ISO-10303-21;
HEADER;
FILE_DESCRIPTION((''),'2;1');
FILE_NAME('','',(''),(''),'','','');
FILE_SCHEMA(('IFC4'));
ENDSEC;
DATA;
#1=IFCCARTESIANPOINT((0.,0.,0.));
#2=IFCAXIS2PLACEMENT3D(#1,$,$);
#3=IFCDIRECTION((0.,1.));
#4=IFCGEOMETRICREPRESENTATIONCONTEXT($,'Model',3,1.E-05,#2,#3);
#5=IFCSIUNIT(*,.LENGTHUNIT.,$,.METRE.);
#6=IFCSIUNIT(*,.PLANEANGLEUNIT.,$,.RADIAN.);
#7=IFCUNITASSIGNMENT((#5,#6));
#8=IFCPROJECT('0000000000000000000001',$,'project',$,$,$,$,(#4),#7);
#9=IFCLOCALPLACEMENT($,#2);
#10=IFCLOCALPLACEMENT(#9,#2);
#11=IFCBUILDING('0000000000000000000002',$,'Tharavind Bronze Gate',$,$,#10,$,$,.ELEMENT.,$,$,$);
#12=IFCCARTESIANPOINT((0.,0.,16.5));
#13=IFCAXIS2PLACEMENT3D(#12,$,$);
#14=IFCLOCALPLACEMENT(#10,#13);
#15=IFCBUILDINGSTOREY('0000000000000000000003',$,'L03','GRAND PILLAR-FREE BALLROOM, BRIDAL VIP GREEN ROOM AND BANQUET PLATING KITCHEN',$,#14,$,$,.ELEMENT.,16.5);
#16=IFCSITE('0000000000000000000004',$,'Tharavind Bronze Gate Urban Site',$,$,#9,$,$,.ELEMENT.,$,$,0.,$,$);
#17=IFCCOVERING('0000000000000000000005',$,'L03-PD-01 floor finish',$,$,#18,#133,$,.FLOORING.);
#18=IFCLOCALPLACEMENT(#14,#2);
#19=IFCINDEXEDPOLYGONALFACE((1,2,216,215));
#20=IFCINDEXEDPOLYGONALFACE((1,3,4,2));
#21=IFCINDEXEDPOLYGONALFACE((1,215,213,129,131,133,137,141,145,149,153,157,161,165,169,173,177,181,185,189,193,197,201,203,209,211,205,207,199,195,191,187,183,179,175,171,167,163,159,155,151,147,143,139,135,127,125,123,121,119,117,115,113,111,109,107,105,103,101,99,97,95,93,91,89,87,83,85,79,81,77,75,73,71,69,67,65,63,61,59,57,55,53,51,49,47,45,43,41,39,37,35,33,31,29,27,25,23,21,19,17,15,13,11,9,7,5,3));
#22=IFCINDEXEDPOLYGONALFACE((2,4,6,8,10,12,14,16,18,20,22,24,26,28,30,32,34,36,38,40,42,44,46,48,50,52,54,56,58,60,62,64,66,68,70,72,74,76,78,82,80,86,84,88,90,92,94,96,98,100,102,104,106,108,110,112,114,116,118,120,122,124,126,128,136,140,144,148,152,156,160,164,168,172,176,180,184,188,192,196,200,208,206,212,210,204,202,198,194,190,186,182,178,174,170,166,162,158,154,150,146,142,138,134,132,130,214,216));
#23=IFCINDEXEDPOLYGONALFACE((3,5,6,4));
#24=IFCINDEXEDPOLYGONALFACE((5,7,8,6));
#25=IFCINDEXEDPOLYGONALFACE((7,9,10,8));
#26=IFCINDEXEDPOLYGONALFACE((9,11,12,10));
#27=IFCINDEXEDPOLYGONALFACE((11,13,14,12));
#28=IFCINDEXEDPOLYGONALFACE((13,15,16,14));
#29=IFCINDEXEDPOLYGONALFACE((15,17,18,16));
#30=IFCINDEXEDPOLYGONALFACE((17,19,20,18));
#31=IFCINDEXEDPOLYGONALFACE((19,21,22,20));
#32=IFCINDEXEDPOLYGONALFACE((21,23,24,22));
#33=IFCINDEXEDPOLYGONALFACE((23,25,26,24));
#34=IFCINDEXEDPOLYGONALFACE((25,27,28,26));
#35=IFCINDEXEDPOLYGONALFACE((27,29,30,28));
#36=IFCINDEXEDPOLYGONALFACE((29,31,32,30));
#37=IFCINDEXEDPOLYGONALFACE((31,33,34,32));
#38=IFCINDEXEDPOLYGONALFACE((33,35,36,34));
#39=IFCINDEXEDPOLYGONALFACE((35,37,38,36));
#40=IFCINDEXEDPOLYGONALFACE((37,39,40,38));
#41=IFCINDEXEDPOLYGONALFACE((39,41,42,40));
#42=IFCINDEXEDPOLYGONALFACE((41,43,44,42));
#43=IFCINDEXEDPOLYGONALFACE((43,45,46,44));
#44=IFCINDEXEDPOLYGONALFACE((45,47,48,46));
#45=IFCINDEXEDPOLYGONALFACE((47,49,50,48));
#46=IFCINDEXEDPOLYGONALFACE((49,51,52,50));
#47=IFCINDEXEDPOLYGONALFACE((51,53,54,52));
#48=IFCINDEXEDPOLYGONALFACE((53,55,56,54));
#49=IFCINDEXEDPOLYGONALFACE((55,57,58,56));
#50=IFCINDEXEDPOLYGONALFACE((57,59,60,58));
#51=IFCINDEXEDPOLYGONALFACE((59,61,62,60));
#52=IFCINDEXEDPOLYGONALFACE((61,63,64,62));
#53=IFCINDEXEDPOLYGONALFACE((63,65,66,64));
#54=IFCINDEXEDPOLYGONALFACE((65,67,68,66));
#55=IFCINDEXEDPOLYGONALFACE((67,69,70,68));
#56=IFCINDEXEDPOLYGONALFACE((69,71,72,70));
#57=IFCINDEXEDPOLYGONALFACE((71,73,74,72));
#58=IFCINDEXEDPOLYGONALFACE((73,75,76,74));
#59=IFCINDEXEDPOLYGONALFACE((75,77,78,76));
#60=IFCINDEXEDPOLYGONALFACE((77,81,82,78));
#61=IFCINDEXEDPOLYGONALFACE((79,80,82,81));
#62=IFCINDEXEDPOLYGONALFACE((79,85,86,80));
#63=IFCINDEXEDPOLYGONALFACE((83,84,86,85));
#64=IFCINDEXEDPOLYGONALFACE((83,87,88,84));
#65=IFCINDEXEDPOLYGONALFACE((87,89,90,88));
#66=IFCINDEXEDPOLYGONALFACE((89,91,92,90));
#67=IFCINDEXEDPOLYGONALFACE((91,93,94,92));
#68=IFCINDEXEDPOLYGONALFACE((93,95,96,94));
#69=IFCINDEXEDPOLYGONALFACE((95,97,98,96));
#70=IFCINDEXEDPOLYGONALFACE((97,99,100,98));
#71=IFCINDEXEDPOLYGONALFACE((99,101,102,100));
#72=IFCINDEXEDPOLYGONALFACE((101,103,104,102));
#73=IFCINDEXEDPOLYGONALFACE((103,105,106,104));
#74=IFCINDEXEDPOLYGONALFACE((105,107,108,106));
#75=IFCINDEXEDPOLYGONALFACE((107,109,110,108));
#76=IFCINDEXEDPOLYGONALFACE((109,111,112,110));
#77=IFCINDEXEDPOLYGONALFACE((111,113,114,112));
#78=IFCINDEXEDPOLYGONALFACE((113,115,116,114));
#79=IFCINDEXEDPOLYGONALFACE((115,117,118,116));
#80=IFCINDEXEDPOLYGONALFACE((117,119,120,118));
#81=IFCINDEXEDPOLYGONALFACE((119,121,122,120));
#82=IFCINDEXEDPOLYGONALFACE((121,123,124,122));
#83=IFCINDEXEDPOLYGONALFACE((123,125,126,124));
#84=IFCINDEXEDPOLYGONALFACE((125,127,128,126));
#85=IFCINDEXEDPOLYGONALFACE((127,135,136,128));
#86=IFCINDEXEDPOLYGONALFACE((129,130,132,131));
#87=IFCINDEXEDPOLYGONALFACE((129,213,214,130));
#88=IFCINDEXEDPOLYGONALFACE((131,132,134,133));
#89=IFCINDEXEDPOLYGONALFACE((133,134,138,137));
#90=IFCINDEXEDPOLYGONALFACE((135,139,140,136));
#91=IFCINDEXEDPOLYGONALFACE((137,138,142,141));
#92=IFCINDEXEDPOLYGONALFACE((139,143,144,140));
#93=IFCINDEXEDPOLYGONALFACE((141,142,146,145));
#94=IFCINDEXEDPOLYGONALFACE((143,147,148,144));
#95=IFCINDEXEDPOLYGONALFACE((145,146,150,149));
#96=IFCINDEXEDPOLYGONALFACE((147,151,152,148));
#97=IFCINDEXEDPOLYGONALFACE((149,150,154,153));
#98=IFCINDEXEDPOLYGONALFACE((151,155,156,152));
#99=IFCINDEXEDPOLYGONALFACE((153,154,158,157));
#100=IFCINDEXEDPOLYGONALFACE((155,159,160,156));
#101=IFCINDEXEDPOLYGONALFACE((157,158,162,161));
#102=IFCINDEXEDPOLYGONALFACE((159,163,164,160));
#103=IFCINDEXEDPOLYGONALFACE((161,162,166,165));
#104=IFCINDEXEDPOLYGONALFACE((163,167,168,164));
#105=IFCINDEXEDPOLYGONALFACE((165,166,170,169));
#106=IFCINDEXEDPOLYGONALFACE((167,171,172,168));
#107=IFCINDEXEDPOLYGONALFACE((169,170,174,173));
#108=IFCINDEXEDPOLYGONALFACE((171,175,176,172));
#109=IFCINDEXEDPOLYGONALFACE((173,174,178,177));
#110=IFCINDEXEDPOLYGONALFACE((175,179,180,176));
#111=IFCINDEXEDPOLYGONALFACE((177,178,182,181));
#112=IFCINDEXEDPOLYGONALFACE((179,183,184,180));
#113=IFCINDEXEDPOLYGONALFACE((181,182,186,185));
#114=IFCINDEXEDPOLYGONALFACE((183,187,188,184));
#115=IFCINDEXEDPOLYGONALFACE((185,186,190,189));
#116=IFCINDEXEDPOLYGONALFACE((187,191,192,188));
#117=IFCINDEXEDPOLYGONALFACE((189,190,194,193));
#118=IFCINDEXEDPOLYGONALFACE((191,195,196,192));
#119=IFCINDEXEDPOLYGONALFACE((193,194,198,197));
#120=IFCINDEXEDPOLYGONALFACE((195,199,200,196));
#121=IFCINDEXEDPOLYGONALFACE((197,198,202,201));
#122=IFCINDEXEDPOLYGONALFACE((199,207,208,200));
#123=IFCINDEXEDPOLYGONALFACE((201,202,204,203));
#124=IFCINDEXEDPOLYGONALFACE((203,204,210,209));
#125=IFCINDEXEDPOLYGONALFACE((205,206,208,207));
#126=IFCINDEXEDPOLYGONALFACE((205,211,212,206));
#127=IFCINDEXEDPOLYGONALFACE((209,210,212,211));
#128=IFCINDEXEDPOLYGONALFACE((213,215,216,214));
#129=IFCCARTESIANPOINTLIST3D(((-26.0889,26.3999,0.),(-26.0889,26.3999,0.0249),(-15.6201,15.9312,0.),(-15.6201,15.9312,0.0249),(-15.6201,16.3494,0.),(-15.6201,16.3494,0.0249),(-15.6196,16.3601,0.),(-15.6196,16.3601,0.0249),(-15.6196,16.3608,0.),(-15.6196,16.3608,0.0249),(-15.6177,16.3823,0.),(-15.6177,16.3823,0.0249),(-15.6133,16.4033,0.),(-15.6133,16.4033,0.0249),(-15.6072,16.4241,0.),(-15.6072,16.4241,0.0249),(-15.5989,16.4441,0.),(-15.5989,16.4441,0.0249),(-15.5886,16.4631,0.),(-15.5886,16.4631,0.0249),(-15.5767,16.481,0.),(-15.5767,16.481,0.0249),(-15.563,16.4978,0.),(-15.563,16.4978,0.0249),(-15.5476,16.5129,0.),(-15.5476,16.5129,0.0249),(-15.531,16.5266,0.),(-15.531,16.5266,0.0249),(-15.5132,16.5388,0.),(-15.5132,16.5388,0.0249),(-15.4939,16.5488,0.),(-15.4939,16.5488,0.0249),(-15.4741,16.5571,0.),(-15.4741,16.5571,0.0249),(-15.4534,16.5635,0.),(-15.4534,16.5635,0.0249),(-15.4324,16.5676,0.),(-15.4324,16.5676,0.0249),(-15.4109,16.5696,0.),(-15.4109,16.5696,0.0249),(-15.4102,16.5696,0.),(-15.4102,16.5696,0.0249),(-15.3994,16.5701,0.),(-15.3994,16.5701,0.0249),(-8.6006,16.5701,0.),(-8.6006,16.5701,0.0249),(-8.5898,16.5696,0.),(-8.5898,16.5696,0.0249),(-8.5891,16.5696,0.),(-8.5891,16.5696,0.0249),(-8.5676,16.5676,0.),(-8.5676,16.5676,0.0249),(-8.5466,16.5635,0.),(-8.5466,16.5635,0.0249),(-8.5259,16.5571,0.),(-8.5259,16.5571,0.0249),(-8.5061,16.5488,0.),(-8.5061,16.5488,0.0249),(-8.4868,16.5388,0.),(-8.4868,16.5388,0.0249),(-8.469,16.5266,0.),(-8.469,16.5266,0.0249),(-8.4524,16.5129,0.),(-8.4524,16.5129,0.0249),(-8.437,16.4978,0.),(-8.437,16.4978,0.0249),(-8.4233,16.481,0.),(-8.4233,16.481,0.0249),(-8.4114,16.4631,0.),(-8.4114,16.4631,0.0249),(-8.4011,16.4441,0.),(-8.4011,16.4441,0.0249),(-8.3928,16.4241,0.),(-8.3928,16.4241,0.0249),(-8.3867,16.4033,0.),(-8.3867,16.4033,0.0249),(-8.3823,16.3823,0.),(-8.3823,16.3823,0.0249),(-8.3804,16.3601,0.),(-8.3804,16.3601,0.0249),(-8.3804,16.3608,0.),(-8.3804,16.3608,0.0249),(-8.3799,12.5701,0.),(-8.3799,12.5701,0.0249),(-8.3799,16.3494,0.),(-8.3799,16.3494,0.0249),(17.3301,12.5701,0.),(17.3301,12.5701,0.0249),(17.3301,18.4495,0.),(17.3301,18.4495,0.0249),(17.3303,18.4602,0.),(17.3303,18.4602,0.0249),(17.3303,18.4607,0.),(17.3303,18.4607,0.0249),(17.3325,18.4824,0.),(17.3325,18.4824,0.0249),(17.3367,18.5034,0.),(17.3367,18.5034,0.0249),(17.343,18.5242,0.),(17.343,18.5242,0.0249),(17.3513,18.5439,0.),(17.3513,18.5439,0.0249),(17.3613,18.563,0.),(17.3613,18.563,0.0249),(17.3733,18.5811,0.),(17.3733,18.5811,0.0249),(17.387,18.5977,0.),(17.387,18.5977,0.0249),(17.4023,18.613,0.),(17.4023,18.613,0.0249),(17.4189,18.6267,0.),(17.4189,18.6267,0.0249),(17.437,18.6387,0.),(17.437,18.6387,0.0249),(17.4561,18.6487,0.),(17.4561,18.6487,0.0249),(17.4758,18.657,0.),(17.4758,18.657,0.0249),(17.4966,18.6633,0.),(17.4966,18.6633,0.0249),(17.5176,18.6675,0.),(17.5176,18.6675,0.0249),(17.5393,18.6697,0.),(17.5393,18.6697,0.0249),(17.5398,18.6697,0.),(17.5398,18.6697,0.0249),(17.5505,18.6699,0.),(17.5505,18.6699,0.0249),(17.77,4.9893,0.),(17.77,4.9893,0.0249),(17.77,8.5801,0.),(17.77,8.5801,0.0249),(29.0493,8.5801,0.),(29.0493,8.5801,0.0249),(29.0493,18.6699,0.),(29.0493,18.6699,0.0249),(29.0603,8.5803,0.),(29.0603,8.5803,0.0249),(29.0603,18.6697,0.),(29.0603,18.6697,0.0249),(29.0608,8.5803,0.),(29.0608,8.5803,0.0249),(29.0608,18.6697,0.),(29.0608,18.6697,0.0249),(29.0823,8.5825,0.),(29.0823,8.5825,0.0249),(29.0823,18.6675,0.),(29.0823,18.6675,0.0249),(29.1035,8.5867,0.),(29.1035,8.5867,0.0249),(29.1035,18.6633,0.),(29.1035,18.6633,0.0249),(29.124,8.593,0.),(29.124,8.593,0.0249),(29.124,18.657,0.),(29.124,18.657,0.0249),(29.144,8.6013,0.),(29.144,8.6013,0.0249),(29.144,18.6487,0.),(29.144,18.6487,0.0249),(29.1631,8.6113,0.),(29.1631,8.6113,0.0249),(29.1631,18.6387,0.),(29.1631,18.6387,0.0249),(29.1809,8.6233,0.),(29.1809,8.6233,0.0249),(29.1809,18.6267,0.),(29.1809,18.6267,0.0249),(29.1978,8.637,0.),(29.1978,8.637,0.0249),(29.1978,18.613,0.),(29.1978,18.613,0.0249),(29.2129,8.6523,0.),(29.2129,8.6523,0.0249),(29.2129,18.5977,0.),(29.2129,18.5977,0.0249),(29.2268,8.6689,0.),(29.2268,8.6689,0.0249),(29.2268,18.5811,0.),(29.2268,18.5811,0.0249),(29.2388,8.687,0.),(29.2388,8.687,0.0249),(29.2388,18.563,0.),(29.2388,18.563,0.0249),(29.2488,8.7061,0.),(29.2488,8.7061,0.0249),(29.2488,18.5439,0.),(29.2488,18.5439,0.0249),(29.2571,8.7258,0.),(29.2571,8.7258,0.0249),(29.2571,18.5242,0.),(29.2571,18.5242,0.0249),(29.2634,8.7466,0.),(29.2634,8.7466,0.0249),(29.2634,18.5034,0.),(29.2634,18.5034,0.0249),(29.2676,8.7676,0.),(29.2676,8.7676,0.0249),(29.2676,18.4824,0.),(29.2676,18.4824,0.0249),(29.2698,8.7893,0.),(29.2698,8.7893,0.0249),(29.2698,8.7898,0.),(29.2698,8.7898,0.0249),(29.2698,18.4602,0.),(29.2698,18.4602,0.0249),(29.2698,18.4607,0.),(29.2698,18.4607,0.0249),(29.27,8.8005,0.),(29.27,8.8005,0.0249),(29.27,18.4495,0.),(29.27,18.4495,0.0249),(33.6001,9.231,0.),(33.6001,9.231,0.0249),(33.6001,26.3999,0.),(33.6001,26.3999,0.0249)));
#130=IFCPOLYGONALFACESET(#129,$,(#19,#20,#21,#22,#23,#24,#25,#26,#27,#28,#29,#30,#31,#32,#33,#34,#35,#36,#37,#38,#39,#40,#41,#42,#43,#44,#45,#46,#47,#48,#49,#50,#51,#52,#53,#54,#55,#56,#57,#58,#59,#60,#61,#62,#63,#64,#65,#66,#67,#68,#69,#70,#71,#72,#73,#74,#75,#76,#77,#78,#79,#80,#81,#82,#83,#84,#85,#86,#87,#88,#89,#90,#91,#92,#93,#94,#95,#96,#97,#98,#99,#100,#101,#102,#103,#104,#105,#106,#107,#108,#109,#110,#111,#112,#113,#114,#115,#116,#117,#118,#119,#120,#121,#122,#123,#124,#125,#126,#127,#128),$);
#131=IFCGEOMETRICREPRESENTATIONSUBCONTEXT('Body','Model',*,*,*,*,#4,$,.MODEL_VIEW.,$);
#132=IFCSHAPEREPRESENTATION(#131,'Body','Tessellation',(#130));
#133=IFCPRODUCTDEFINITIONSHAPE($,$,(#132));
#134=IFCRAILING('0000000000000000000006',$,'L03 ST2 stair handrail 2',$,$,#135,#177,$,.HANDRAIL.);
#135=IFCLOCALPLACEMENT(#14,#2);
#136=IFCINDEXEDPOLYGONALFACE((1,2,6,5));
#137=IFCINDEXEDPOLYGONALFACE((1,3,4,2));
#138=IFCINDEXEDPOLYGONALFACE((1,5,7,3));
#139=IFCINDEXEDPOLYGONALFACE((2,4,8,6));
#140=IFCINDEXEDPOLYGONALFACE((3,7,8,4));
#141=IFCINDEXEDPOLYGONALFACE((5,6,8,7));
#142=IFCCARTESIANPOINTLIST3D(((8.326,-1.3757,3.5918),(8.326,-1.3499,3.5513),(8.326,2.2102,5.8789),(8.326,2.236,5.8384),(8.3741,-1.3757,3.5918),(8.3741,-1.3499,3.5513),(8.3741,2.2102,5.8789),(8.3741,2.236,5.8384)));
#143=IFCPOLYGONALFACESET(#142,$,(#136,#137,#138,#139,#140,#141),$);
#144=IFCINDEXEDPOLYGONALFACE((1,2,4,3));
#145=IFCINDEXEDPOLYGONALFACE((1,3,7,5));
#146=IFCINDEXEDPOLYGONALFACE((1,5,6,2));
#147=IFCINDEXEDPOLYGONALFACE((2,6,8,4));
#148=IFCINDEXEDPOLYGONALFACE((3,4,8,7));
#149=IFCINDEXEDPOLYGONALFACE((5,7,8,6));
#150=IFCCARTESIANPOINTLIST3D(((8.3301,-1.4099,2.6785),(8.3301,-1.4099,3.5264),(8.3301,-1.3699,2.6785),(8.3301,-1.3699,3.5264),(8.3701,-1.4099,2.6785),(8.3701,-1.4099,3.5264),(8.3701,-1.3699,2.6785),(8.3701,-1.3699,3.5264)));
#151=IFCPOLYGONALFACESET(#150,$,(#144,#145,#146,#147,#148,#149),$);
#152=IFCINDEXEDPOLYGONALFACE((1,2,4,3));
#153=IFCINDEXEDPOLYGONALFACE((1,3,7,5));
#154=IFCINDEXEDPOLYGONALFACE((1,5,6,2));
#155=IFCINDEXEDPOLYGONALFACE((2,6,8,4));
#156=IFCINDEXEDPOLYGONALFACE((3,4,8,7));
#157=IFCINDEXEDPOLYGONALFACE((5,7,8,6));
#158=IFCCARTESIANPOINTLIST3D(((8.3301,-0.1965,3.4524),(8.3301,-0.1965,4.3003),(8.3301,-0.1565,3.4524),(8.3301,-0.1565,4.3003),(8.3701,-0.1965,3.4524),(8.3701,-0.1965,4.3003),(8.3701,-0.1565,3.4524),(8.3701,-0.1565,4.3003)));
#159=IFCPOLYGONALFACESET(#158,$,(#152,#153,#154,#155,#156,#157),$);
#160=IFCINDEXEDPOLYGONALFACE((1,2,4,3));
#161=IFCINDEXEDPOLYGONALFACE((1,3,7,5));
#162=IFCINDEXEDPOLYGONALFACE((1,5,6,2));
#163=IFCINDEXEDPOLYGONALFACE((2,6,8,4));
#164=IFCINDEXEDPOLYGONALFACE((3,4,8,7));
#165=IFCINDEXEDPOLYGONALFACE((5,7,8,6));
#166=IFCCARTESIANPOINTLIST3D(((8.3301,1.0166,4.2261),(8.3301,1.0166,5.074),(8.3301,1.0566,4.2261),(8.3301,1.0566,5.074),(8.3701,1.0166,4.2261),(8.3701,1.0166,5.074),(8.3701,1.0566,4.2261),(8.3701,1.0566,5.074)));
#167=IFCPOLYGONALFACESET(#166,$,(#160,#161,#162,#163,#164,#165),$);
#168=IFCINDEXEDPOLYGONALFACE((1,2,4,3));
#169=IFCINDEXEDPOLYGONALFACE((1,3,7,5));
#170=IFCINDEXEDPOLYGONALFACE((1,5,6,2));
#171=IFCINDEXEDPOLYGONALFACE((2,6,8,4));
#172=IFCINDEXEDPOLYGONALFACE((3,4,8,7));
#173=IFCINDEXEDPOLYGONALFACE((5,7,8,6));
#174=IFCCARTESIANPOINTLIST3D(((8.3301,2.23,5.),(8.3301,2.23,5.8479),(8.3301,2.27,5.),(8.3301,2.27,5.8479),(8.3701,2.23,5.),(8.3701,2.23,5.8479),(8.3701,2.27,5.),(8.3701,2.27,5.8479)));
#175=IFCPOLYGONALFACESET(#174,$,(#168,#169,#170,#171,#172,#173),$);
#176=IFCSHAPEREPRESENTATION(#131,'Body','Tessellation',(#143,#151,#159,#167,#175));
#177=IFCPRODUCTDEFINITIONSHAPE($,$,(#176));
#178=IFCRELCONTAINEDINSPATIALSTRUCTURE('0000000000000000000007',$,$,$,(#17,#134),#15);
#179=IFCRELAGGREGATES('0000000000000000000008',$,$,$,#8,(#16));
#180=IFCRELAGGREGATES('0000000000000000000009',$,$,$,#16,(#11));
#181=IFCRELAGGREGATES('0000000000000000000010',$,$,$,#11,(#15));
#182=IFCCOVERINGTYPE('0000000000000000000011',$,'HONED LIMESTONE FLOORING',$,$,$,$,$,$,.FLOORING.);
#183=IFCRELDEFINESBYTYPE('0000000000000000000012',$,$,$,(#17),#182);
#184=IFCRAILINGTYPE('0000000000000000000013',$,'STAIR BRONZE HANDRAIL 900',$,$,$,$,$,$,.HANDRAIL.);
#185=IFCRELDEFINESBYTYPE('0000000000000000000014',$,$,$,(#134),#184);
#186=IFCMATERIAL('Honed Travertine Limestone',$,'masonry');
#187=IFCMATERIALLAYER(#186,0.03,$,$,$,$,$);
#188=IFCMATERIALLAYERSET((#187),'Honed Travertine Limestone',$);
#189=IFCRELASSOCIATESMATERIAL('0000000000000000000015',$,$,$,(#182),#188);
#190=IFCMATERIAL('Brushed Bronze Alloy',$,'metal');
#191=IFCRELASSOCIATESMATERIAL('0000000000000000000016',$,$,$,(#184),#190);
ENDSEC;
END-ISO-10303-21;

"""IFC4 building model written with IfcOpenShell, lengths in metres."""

from ifc_helpers import new_model, si_unit, direction, frame, origin, origin_2d, place, context, subcontext, project, spatial, polyline, rectangle, outline, extrude, material, layer, layer_set, type_object, element, save


model = new_model("IFC4")

# Units and contexts
model_context = context("Model", 3, precision=1e-05, world=origin(), true_north=direction((0.0, 1.0)))
body_context = subcontext(model_context, "Body", "Model", "MODEL_VIEW")
ifc_project = project(units=[si_unit("LENGTHUNIT", "METRE"), si_unit("PLANEANGLEUNIT", "RADIAN")], contexts=[model_context])

# Site, building, storey
site_placement = place(None, origin())
site = spatial("IfcSite", under=ifc_project, at=site_placement, Name="Tharavind Bronze Gate Urban Site", CompositionType="ELEMENT", RefElevation=0.0)
building_placement = place(site_placement, origin())
building = spatial("IfcBuilding", under=site, at=building_placement, Name="Tharavind Bronze Gate", CompositionType="ELEMENT")
storey_placement = place(building_placement, frame((0.0, 0.0, 16.5)))
storey = spatial("IfcBuildingStorey", under=building, at=storey_placement, Name="L03", Description="GRAND PILLAR-FREE BALLROOM, BRIDAL VIP GREEN ROOM AND BANQUET PLATING KITCHEN", CompositionType="ELEMENT", Elevation=16.5)

# Covering
ifc_material_1 = material(Name="Honed Travertine Limestone", Category="masonry")
ifc_layer_1 = layer(ifc_material_1, 0.03)
ifc_layer_set_1 = layer_set([ifc_layer_1], Name="Honed Travertine Limestone")
covering_type_1 = type_object("IfcCoveringType", Name="HONED LIMESTONE FLOORING", PredefinedType="FLOORING", material=ifc_layer_set_1)
covering_1_placement = place(storey_placement, origin())
element("IfcCovering", 1, at=covering_1_placement, inside=storey, type_object=covering_type_1, Name="L03-PD-01 floor finish", PredefinedType="FLOORING", context=body_context, shape_type="SweptSolid", body=[
    extrude(outline(polyline([(-15.6201, 15.9312), (-15.6201, 16.3494), (-15.6196, 16.3601), (-15.6196, 16.3608), (-15.6177, 16.3823), (-15.6133, 16.4033), (-15.6072, 16.4241), (-15.5989, 16.4441), (-15.5886, 16.4631), (-15.5767, 16.481), (-15.563, 16.4978), (-15.5476, 16.5129), (-15.531, 16.5266), (-15.5132, 16.5388), (-15.4939, 16.5488), (-15.4741, 16.5571), (-15.4534, 16.5635), (-15.4324, 16.5676), (-15.4109, 16.5696), (-15.4102, 16.5696), (-15.3994, 16.5701), (-8.6006, 16.5701), (-8.5898, 16.5696), (-8.5891, 16.5696), (-8.5676, 16.5676), (-8.5466, 16.5635), (-8.5259, 16.5571), (-8.5061, 16.5488), (-8.4868, 16.5388), (-8.469, 16.5266), (-8.4524, 16.5129), (-8.437, 16.4978), (-8.4233, 16.481), (-8.4114, 16.4631), (-8.4011, 16.4441), (-8.3928, 16.4241), (-8.3867, 16.4033), (-8.3823, 16.3823), (-8.3804, 16.3608), (-8.3804, 16.3601), (-8.3799, 16.3494), (-8.3799, 12.5701), (17.3301, 12.5701), (17.3301, 18.4495), (17.3303, 18.4602), (17.3303, 18.4607), (17.3325, 18.4824), (17.3367, 18.5034), (17.343, 18.5242), (17.3513, 18.5439), (17.3613, 18.563), (17.3733, 18.5811), (17.387, 18.5977), (17.4023, 18.613), (17.4189, 18.6267), (17.437, 18.6387), (17.4561, 18.6487), (17.4758, 18.657), (17.4966, 18.6633), (17.5176, 18.6675), (17.5393, 18.6697), (17.5398, 18.6697), (17.5505, 18.6699), (29.0493, 18.6699), (29.0603, 18.6697), (29.0608, 18.6697), (29.0823, 18.6675), (29.1035, 18.6633), (29.124, 18.657), (29.144, 18.6487), (29.1631, 18.6387), (29.1809, 18.6267), (29.1978, 18.613), (29.2129, 18.5977), (29.2268, 18.5811), (29.2388, 18.563), (29.2488, 18.5439), (29.2571, 18.5242), (29.2634, 18.5034), (29.2676, 18.4824), (29.2698, 18.4607), (29.2698, 18.4602), (29.27, 18.4495), (29.27, 8.8005), (29.2698, 8.7898), (29.2698, 8.7893), (29.2676, 8.7676), (29.2634, 8.7466), (29.2571, 8.7258), (29.2488, 8.7061), (29.2388, 8.687), (29.2268, 8.6689), (29.2129, 8.6523), (29.1978, 8.637), (29.1809, 8.6233), (29.1631, 8.6113), (29.144, 8.6013), (29.124, 8.593), (29.1035, 8.5867), (29.0823, 8.5825), (29.0608, 8.5803), (29.0603, 8.5803), (29.0493, 8.5801), (17.77, 8.5801), (17.77, 4.9893), (33.6001, 9.231), (33.6001, 26.3999), (-26.0889, 26.3999), (-15.6201, 15.9312)])), origin(), (0.0, 0.0, 1.0), 0.0249),
])

# Railing
ifc_material_2 = material(Name="Brushed Bronze Alloy", Category="metal")
railing_type_1 = type_object("IfcRailingType", Name="STAIR BRONZE HANDRAIL 900", PredefinedType="HANDRAIL", material=ifc_material_2)
railing_1_placement = place(storey_placement, frame((8.3501, -1.3899, 2.6785)))
element("IfcRailing", 2, at=railing_1_placement, inside=storey, type_object=railing_type_1, Name="L03 ST2 stair handrail 2", PredefinedType="HANDRAIL", context=body_context, shape_type="SweptSolid", body=[
    extrude(rectangle(XDim=0.0481, YDim=0.0481, at=origin_2d()), frame((0.0, 0.0271, 0.8931), z_axis=(0.0, 0.843112, 0.537739), x_axis=(-1.0, 0.0, 0.0)), (0.0, 0.0, 1.0), 4.2532),
    extrude(rectangle(XDim=0.04, YDim=0.04, at=origin_2d()), origin(), (0.0, 0.0, 1.0), 0.8479),
    extrude(rectangle(XDim=0.04, YDim=0.04, at=origin_2d()), frame((0.0, 1.2134, 0.7739)), (0.0, 0.0, 1.0), 0.8479),
    extrude(rectangle(XDim=0.04, YDim=0.04, at=origin_2d()), frame((0.0, 2.4265, 1.5476)), (0.0, 0.0, 1.0), 0.8479),
    extrude(rectangle(XDim=0.04, YDim=0.04, at=origin_2d()), frame((0.0, 3.6399, 2.3215)), (0.0, 0.0, 1.0), 0.8479),
])

save(model, "model.ifc")
